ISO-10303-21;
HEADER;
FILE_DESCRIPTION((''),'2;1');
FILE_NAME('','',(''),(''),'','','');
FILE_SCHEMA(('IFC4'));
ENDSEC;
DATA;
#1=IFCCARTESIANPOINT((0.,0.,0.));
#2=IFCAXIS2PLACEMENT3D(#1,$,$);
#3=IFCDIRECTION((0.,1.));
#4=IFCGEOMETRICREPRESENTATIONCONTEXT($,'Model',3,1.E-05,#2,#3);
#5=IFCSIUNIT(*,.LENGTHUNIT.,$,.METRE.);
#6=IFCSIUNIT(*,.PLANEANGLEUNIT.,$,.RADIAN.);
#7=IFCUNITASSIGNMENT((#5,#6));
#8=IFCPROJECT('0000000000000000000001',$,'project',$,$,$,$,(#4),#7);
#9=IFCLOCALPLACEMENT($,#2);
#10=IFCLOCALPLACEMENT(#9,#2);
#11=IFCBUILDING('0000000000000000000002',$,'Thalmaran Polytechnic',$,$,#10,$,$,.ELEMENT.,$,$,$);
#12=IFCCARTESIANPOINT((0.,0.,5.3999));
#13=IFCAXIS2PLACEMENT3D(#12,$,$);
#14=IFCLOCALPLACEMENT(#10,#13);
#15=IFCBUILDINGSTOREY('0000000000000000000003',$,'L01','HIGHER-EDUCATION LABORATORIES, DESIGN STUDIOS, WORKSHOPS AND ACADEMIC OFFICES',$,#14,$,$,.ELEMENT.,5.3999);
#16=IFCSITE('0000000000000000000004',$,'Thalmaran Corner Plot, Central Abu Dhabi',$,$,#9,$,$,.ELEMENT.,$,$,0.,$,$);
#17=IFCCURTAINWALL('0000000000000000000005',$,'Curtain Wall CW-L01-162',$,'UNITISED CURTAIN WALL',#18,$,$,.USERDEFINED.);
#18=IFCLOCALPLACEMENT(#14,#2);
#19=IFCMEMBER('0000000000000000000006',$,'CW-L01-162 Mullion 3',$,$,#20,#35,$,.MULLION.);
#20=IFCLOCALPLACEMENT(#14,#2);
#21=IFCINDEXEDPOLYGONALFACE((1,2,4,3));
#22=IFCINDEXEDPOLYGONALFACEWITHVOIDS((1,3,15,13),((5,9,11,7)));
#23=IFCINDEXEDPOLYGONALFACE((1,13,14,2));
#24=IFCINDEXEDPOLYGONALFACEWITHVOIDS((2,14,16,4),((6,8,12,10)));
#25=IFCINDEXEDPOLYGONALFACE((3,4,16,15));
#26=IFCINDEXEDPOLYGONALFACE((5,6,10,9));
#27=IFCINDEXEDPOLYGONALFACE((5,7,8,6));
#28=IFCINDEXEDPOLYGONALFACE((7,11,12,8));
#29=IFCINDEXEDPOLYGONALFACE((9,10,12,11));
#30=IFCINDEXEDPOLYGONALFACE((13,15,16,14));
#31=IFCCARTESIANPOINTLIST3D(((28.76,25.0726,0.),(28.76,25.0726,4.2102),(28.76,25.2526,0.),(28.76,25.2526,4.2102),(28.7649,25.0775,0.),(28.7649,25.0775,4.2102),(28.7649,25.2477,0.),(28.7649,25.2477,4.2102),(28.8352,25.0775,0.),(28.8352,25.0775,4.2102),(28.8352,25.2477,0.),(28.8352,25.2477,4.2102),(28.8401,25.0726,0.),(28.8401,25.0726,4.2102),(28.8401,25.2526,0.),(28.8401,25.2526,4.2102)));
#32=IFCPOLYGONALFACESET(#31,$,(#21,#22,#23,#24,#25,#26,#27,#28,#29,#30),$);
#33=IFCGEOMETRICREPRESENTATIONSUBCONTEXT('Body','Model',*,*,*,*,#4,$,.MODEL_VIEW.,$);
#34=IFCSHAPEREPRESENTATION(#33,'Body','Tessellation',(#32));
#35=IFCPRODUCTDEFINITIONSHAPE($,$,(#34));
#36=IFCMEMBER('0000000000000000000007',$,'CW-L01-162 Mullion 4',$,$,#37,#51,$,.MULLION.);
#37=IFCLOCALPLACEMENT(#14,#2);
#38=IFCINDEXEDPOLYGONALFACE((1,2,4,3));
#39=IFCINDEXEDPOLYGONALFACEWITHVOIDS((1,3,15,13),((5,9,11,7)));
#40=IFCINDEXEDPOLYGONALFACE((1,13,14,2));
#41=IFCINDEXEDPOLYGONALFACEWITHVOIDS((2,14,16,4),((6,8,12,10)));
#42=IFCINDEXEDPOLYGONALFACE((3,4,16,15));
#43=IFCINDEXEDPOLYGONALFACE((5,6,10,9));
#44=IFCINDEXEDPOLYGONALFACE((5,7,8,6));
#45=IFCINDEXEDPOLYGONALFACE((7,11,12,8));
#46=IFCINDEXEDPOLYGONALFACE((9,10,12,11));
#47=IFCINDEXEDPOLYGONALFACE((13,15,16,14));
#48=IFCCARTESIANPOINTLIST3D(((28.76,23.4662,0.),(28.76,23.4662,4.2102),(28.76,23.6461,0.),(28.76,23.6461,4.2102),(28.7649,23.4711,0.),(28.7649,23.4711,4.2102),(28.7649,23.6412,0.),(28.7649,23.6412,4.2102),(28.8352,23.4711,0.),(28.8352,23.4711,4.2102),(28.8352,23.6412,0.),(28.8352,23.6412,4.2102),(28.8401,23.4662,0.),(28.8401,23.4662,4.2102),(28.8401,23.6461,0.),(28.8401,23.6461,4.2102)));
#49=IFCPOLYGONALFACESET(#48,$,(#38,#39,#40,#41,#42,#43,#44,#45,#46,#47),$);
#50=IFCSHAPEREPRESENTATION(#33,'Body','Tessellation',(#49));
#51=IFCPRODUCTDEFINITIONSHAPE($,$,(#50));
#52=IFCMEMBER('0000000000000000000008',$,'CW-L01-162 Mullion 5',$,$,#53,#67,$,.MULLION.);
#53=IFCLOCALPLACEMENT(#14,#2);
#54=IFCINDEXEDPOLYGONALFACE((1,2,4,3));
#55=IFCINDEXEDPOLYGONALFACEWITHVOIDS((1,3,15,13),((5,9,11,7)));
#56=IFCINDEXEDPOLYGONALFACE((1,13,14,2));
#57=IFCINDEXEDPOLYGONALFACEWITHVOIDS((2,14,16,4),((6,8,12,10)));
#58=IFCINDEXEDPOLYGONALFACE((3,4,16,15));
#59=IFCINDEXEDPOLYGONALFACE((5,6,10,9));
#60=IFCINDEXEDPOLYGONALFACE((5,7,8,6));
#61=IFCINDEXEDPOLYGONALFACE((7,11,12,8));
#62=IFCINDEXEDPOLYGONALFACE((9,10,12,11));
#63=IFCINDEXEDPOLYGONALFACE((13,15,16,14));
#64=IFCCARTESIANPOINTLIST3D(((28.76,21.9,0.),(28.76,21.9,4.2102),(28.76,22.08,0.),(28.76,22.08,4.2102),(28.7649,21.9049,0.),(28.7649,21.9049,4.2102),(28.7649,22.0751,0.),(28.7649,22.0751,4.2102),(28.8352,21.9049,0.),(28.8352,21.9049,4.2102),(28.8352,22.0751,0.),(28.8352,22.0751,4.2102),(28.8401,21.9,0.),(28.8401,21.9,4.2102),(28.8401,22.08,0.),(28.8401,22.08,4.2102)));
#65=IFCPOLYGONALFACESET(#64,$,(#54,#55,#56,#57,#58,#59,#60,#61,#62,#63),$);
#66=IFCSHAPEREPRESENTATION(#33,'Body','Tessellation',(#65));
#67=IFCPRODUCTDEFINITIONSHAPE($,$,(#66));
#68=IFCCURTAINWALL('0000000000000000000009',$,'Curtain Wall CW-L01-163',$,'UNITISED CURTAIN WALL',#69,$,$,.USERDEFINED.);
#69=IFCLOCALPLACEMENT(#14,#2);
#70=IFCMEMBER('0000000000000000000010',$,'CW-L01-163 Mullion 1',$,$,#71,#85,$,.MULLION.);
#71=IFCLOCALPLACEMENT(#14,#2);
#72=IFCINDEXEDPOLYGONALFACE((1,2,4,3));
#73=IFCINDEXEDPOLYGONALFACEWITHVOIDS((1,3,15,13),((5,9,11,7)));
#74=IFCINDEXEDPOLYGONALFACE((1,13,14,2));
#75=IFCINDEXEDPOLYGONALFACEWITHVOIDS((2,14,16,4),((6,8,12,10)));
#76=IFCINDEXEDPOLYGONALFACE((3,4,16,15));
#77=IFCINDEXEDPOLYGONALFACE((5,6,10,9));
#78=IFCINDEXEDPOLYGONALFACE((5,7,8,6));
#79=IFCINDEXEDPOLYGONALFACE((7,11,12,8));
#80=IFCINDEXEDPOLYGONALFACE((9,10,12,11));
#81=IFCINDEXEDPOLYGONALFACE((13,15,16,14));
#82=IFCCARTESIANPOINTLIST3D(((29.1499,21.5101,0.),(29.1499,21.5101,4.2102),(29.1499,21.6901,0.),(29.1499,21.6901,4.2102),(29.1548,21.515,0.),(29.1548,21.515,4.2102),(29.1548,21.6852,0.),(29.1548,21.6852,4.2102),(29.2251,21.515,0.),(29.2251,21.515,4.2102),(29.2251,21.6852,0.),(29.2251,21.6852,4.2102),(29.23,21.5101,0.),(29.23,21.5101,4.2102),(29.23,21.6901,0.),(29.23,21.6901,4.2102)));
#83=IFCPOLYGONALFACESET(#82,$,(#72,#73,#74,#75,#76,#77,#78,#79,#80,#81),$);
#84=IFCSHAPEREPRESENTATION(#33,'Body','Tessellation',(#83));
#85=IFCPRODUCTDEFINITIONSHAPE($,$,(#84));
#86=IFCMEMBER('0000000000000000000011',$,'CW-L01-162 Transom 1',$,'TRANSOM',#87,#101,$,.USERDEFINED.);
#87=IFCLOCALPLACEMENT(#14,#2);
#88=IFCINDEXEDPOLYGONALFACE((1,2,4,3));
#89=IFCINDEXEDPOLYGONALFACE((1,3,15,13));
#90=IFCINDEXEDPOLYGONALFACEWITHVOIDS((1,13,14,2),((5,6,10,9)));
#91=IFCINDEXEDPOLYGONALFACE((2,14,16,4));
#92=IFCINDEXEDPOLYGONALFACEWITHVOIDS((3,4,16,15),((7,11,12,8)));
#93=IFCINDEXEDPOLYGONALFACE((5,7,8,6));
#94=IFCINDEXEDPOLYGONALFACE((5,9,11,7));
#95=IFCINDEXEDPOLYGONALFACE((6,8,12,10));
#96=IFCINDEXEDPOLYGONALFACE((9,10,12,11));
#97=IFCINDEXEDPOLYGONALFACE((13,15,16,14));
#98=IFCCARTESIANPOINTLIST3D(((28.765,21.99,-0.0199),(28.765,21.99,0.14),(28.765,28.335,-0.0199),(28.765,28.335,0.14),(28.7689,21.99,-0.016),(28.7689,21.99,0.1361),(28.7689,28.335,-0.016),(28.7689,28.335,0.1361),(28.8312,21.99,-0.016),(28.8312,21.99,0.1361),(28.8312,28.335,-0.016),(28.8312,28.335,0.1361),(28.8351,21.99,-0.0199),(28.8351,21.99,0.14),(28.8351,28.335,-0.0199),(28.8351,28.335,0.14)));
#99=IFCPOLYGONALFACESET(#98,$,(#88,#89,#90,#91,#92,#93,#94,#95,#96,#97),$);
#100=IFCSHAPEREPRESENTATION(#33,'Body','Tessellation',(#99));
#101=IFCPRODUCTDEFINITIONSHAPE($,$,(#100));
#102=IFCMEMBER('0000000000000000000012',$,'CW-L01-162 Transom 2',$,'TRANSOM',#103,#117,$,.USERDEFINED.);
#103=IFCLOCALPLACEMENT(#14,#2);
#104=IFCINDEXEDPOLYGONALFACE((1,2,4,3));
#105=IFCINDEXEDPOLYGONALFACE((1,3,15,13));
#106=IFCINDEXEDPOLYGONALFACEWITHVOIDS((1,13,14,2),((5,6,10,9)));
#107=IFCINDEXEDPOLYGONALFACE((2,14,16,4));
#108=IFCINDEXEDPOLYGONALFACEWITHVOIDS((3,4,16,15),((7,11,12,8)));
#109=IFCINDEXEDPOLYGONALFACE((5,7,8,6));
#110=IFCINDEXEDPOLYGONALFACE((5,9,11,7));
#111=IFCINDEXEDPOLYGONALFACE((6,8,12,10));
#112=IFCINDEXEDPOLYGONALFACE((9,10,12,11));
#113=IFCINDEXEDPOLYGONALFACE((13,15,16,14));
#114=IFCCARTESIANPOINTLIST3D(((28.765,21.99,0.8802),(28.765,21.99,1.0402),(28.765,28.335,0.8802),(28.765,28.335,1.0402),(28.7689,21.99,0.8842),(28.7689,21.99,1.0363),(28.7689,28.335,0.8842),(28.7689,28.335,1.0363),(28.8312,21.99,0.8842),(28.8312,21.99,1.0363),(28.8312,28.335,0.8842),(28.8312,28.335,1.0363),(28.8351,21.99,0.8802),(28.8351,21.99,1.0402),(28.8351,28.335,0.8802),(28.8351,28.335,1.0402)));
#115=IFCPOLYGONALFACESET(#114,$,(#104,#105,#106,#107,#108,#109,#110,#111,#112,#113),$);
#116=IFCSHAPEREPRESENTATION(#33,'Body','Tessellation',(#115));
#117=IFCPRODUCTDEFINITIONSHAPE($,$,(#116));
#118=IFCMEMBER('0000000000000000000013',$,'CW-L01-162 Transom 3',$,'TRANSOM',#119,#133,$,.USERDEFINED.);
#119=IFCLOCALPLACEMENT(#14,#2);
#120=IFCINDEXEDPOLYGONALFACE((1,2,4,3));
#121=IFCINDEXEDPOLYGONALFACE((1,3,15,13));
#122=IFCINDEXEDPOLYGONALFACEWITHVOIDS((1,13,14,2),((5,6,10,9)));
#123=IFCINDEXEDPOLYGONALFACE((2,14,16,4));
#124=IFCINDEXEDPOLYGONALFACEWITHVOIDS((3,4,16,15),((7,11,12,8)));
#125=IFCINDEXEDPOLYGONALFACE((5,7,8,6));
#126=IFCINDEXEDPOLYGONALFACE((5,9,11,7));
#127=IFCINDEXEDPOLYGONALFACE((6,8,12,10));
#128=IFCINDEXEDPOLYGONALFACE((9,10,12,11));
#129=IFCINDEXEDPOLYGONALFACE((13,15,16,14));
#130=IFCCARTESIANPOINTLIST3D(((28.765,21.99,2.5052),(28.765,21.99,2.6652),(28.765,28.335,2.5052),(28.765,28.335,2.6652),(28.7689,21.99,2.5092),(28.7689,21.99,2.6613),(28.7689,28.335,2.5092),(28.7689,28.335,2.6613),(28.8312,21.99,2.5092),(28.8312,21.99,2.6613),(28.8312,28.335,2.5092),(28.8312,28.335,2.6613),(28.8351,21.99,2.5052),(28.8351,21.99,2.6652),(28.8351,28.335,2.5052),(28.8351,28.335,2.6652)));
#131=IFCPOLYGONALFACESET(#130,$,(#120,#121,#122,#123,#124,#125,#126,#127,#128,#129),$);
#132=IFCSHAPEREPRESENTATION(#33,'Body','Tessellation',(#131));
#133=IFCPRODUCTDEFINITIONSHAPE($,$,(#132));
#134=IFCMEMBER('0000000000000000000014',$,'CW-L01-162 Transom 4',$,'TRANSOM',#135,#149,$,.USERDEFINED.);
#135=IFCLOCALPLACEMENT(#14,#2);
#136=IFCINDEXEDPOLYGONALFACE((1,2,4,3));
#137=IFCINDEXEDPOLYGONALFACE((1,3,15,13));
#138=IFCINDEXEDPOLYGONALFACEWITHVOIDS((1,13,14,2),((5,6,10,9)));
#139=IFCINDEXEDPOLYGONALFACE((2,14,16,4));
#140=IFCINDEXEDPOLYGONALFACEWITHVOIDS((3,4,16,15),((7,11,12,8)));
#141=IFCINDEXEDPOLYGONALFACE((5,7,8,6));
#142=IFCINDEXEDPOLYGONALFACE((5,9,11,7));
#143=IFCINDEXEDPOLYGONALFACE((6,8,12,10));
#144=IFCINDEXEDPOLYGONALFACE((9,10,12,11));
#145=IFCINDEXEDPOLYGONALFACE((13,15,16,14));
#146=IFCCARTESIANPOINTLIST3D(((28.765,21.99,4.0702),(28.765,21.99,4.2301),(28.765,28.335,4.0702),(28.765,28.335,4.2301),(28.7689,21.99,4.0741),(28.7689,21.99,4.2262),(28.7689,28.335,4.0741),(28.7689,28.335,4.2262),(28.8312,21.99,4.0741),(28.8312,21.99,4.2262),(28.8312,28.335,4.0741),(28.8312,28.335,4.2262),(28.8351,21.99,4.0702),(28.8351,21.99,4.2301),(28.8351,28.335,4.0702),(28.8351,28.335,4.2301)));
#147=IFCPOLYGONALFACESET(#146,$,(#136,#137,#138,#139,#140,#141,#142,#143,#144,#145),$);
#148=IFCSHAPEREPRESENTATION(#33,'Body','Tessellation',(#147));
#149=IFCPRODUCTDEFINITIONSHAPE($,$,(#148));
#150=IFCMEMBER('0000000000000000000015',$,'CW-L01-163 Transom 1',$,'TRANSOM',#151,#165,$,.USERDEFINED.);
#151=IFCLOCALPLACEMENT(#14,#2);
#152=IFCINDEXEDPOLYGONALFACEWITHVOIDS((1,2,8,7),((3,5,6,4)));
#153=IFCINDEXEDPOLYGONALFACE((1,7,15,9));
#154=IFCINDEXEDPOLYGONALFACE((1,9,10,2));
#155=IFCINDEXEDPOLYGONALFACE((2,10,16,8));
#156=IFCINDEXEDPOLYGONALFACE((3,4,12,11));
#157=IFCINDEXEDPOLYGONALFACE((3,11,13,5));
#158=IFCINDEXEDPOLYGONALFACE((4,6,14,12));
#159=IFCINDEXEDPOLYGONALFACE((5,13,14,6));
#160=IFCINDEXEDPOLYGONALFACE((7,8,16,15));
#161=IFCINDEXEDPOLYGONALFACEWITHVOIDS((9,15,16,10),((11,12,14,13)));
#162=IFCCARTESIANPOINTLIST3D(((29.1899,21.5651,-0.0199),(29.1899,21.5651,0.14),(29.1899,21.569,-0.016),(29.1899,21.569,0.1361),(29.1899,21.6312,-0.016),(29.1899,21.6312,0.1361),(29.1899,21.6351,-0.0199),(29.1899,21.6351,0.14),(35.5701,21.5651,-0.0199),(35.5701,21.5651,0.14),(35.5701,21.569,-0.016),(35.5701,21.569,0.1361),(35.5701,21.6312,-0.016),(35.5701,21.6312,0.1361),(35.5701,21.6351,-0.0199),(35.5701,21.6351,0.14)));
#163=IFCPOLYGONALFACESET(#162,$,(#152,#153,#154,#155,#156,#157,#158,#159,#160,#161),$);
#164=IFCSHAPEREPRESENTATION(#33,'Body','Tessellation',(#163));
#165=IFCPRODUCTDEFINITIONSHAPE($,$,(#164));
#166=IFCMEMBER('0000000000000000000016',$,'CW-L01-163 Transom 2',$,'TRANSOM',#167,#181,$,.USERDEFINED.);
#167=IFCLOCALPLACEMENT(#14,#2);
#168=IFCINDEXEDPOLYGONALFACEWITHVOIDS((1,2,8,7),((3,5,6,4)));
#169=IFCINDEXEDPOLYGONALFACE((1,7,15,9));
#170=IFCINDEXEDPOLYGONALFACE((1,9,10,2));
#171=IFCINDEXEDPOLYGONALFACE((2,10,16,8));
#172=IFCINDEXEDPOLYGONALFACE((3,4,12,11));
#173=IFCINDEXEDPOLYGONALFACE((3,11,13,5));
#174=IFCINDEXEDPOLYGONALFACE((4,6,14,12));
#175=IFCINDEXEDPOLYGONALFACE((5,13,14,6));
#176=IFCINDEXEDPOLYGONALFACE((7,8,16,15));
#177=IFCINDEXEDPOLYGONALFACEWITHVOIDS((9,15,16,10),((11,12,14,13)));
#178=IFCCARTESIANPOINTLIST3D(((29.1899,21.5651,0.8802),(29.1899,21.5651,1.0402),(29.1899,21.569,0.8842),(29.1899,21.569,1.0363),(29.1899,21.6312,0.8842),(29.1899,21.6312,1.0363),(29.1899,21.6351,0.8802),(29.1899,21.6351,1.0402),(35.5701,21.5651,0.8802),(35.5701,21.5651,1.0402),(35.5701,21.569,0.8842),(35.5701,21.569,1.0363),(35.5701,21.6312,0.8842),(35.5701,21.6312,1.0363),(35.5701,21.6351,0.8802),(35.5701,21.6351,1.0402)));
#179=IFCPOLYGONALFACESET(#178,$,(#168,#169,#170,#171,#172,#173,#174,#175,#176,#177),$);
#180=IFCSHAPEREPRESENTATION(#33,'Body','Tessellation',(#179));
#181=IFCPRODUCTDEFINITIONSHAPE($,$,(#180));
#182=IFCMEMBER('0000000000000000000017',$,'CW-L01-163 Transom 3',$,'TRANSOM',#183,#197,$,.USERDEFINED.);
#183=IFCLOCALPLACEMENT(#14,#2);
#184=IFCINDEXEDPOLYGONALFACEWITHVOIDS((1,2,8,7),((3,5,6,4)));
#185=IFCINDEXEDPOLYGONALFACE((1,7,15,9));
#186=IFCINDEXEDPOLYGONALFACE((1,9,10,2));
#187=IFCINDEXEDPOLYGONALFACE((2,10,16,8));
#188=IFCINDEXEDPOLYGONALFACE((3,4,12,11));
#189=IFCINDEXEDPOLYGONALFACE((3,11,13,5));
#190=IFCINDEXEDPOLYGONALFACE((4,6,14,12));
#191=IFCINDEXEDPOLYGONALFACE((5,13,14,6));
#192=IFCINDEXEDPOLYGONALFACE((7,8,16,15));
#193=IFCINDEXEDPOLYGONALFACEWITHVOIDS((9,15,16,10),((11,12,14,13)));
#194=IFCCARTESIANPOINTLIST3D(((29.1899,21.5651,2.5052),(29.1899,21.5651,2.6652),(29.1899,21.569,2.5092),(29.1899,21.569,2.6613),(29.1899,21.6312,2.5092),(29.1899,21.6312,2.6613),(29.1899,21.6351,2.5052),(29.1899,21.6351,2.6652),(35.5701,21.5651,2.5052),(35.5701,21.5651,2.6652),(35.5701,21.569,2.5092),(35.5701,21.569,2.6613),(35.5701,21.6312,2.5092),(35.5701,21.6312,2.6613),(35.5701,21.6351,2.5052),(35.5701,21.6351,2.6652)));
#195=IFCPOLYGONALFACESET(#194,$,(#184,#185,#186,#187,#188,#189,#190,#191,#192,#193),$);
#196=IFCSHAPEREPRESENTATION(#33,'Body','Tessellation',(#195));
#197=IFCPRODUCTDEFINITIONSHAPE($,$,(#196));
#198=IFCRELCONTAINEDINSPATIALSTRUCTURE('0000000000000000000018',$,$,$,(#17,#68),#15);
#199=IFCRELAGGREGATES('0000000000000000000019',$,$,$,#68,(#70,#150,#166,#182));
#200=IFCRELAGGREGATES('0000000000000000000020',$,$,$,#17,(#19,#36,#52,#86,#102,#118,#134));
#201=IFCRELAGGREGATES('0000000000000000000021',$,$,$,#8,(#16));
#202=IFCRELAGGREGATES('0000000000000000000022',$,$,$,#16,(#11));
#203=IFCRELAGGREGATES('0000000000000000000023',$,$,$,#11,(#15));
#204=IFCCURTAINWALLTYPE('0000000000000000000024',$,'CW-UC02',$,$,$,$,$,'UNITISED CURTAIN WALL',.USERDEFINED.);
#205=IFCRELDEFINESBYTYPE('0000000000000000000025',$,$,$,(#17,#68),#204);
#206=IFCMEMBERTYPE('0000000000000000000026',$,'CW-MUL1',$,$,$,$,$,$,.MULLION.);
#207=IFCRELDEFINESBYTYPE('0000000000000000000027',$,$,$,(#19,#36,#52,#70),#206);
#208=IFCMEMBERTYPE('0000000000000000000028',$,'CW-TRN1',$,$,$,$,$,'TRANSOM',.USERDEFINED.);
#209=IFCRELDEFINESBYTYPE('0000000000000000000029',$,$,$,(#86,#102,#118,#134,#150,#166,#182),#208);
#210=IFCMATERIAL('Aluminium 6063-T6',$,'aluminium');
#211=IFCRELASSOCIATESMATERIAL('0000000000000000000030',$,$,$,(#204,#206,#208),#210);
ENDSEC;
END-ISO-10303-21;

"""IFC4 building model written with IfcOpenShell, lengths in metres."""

from ifc_helpers import new_model, si_unit, direction, frame, origin, origin_2d, place, context, subcontext, project, spatial, hollow_rectangle, extrude, material, material_profile, profile_set, type_object, element, aggregate, save


model = new_model("IFC4")

# Units and contexts
model_context = context("Model", 3, precision=1e-05, world=origin(), true_north=direction((0.0, 1.0)))
body_context = subcontext(model_context, "Body", "Model", "MODEL_VIEW")
ifc_project = project(units=[si_unit("LENGTHUNIT", "METRE"), si_unit("PLANEANGLEUNIT", "RADIAN")], contexts=[model_context])

# Site, building, storey
site_placement = place(None, origin())
site = spatial("IfcSite", under=ifc_project, at=site_placement, Name="Thalmaran Corner Plot, Central Abu Dhabi", CompositionType="ELEMENT", RefElevation=0.0)
building_placement = place(site_placement, origin())
building = spatial("IfcBuilding", under=site, at=building_placement, Name="Thalmaran Polytechnic", CompositionType="ELEMENT")
storey_placement = place(building_placement, frame((0.0, 0.0, 5.3999)))
storey = spatial("IfcBuildingStorey", under=building, at=storey_placement, Name="L01", Description="HIGHER-EDUCATION LABORATORIES, DESIGN STUDIOS, WORKSHOPS AND ACADEMIC OFFICES", CompositionType="ELEMENT", Elevation=5.3999)

# Curtain wall, members
ifc_material_1 = material(Name="Aluminium 6063-T6", Category="aluminium")
curtain_wall_type = type_object("IfcCurtainWallType", Name="CW-UC02", ElementType="UNITISED CURTAIN WALL", PredefinedType="USERDEFINED", material=ifc_material_1)
curtain_wall_1_placement = place(storey_placement, origin())
curtain_wall_1 = element("IfcCurtainWall", 1, at=curtain_wall_1_placement, inside=storey, type_object=curtain_wall_type, Name="Curtain Wall CW-L01-162", ObjectType="UNITISED CURTAIN WALL", PredefinedType="USERDEFINED")
ifc_material_profile_1 = material_profile(ifc_material_1, hollow_rectangle(XDim=0.0801, YDim=0.1799, WallThickness=0.0049, at=origin_2d()), Name="RHS 180x80x5.0")
ifc_profile_set_1 = profile_set([ifc_material_profile_1], Name="Aluminium 6063-T6")
member_type_1 = type_object("IfcMemberType", Name="CW-MUL1", PredefinedType="MULLION", material=ifc_profile_set_1)
member_1_placement = place(storey_placement, frame((28.8, 25.1626, 0.0), z_axis=(0.0, 0.0, 1.0), x_axis=(1.0, 0.0, 0.0)))
member_1 = element("IfcMember", 2, at=member_1_placement, type_object=member_type_1, Name="CW-L01-162 Mullion 3", PredefinedType="MULLION", context=body_context, shape_type="SweptSolid", body=[
    extrude(hollow_rectangle(XDim=0.0801, YDim=0.1799, WallThickness=0.0049, at=origin_2d()), origin(), (0.0, 0.0, 1.0), 4.2102),
])
member_2_placement = place(storey_placement, frame((28.8, 23.5562, 0.0), z_axis=(0.0, 0.0, 1.0), x_axis=(1.0, 0.0, 0.0)))
member_2 = element("IfcMember", 3, at=member_2_placement, type_object=member_type_1, Name="CW-L01-162 Mullion 4", PredefinedType="MULLION", context=body_context, shape_type="SweptSolid", body=[
    extrude(hollow_rectangle(XDim=0.0801, YDim=0.1799, WallThickness=0.0049, at=origin_2d()), origin(), (0.0, 0.0, 1.0), 4.2102),
])
member_3_placement = place(storey_placement, frame((28.8, 21.99, 0.0), z_axis=(0.0, 0.0, 1.0), x_axis=(1.0, 0.0, 0.0)))
member_3 = element("IfcMember", 4, at=member_3_placement, type_object=member_type_1, Name="CW-L01-162 Mullion 5", PredefinedType="MULLION", context=body_context, shape_type="SweptSolid", body=[
    extrude(hollow_rectangle(XDim=0.0801, YDim=0.1799, WallThickness=0.0049, at=origin_2d()), origin(), (0.0, 0.0, 1.0), 4.2102),
])

# Curtain wall, member
curtain_wall_2_placement = place(storey_placement, origin())
curtain_wall_2 = element("IfcCurtainWall", 5, at=curtain_wall_2_placement, inside=storey, type_object=curtain_wall_type, Name="Curtain Wall CW-L01-163", ObjectType="UNITISED CURTAIN WALL", PredefinedType="USERDEFINED")
member_4_placement = place(storey_placement, frame((29.1899, 21.6001, 0.0), z_axis=(0.0, 0.0, 1.0), x_axis=(1.0, 0.0, 0.0)))
member_4 = element("IfcMember", 6, at=member_4_placement, type_object=member_type_1, Name="CW-L01-163 Mullion 1", PredefinedType="MULLION", context=body_context, shape_type="SweptSolid", body=[
    extrude(hollow_rectangle(XDim=0.0801, YDim=0.1799, WallThickness=0.0049, at=origin_2d()), origin(), (0.0, 0.0, 1.0), 4.2102),
])

# Members
ifc_material_profile_2 = material_profile(ifc_material_1, hollow_rectangle(XDim=0.0701, YDim=0.1599, WallThickness=0.0039, at=origin_2d()), Name="AL 160x70x4.0")
ifc_profile_set_2 = profile_set([ifc_material_profile_2], Name="Aluminium 6063-T6")
member_type_2 = type_object("IfcMemberType", Name="CW-TRN1", ElementType="TRANSOM", PredefinedType="USERDEFINED", material=ifc_profile_set_2)
member_5_placement = place(storey_placement, frame((28.8, 28.335, 0.0601), z_axis=(0.0, -1.0, 0.0), x_axis=(1.0, 0.0, 0.0)))
member_5 = element("IfcMember", 7, at=member_5_placement, type_object=member_type_2, Name="CW-L01-162 Transom 1", ObjectType="TRANSOM", PredefinedType="USERDEFINED", context=body_context, shape_type="SweptSolid", body=[
    extrude(hollow_rectangle(XDim=0.0701, YDim=0.1599, WallThickness=0.0039, at=origin_2d()), origin(), (0.0, 0.0, 1.0), 6.345),
])
member_6_placement = place(storey_placement, frame((28.8, 28.335, 0.9602), z_axis=(0.0, -1.0, 0.0), x_axis=(1.0, 0.0, 0.0)))
member_6 = element("IfcMember", 8, at=member_6_placement, type_object=member_type_2, Name="CW-L01-162 Transom 2", ObjectType="TRANSOM", PredefinedType="USERDEFINED", context=body_context, shape_type="SweptSolid", body=[
    extrude(hollow_rectangle(XDim=0.0701, YDim=0.1599, WallThickness=0.0039, at=origin_2d()), origin(), (0.0, 0.0, 1.0), 6.345),
])
member_7_placement = place(storey_placement, frame((28.8, 28.335, 2.5852), z_axis=(0.0, -1.0, 0.0), x_axis=(1.0, 0.0, 0.0)))
member_7 = element("IfcMember", 9, at=member_7_placement, type_object=member_type_2, Name="CW-L01-162 Transom 3", ObjectType="TRANSOM", PredefinedType="USERDEFINED", context=body_context, shape_type="SweptSolid", body=[
    extrude(hollow_rectangle(XDim=0.0701, YDim=0.1599, WallThickness=0.0039, at=origin_2d()), origin(), (0.0, 0.0, 1.0), 6.345),
])
member_8_placement = place(storey_placement, frame((28.8, 28.335, 4.1501), z_axis=(0.0, -1.0, 0.0), x_axis=(1.0, 0.0, 0.0)))
member_8 = element("IfcMember", 10, at=member_8_placement, type_object=member_type_2, Name="CW-L01-162 Transom 4", ObjectType="TRANSOM", PredefinedType="USERDEFINED", context=body_context, shape_type="SweptSolid", body=[
    extrude(hollow_rectangle(XDim=0.0701, YDim=0.1599, WallThickness=0.0039, at=origin_2d()), origin(), (0.0, 0.0, 1.0), 6.345),
])
member_9_placement = place(storey_placement, frame((29.1899, 21.6001, 0.0601), z_axis=(1.0, 0.0, 0.0), x_axis=(0.0, 1.0, 0.0)))
member_9 = element("IfcMember", 11, at=member_9_placement, type_object=member_type_2, Name="CW-L01-163 Transom 1", ObjectType="TRANSOM", PredefinedType="USERDEFINED", context=body_context, shape_type="SweptSolid", body=[
    extrude(hollow_rectangle(XDim=0.0701, YDim=0.1599, WallThickness=0.0039, at=origin_2d()), origin(), (0.0, 0.0, 1.0), 6.3801),
])
member_10_placement = place(storey_placement, frame((29.1899, 21.6001, 0.9602), z_axis=(1.0, 0.0, 0.0), x_axis=(0.0, 1.0, 0.0)))
member_10 = element("IfcMember", 12, at=member_10_placement, type_object=member_type_2, Name="CW-L01-163 Transom 2", ObjectType="TRANSOM", PredefinedType="USERDEFINED", context=body_context, shape_type="SweptSolid", body=[
    extrude(hollow_rectangle(XDim=0.0701, YDim=0.1599, WallThickness=0.0039, at=origin_2d()), origin(), (0.0, 0.0, 1.0), 6.3801),
])
member_11_placement = place(storey_placement, frame((29.1899, 21.6001, 2.5852), z_axis=(1.0, 0.0, 0.0), x_axis=(0.0, 1.0, 0.0)))
member_11 = element("IfcMember", 13, at=member_11_placement, type_object=member_type_2, Name="CW-L01-163 Transom 3", ObjectType="TRANSOM", PredefinedType="USERDEFINED", context=body_context, shape_type="SweptSolid", body=[
    extrude(hollow_rectangle(XDim=0.0701, YDim=0.1599, WallThickness=0.0039, at=origin_2d()), origin(), (0.0, 0.0, 1.0), 6.3801),
])
aggregate(curtain_wall_2, [member_4, member_9, member_10, member_11])

aggregate(curtain_wall_1, [member_1, member_2, member_3, member_5, member_6, member_7, member_8])

save(model, "model.ifc")
